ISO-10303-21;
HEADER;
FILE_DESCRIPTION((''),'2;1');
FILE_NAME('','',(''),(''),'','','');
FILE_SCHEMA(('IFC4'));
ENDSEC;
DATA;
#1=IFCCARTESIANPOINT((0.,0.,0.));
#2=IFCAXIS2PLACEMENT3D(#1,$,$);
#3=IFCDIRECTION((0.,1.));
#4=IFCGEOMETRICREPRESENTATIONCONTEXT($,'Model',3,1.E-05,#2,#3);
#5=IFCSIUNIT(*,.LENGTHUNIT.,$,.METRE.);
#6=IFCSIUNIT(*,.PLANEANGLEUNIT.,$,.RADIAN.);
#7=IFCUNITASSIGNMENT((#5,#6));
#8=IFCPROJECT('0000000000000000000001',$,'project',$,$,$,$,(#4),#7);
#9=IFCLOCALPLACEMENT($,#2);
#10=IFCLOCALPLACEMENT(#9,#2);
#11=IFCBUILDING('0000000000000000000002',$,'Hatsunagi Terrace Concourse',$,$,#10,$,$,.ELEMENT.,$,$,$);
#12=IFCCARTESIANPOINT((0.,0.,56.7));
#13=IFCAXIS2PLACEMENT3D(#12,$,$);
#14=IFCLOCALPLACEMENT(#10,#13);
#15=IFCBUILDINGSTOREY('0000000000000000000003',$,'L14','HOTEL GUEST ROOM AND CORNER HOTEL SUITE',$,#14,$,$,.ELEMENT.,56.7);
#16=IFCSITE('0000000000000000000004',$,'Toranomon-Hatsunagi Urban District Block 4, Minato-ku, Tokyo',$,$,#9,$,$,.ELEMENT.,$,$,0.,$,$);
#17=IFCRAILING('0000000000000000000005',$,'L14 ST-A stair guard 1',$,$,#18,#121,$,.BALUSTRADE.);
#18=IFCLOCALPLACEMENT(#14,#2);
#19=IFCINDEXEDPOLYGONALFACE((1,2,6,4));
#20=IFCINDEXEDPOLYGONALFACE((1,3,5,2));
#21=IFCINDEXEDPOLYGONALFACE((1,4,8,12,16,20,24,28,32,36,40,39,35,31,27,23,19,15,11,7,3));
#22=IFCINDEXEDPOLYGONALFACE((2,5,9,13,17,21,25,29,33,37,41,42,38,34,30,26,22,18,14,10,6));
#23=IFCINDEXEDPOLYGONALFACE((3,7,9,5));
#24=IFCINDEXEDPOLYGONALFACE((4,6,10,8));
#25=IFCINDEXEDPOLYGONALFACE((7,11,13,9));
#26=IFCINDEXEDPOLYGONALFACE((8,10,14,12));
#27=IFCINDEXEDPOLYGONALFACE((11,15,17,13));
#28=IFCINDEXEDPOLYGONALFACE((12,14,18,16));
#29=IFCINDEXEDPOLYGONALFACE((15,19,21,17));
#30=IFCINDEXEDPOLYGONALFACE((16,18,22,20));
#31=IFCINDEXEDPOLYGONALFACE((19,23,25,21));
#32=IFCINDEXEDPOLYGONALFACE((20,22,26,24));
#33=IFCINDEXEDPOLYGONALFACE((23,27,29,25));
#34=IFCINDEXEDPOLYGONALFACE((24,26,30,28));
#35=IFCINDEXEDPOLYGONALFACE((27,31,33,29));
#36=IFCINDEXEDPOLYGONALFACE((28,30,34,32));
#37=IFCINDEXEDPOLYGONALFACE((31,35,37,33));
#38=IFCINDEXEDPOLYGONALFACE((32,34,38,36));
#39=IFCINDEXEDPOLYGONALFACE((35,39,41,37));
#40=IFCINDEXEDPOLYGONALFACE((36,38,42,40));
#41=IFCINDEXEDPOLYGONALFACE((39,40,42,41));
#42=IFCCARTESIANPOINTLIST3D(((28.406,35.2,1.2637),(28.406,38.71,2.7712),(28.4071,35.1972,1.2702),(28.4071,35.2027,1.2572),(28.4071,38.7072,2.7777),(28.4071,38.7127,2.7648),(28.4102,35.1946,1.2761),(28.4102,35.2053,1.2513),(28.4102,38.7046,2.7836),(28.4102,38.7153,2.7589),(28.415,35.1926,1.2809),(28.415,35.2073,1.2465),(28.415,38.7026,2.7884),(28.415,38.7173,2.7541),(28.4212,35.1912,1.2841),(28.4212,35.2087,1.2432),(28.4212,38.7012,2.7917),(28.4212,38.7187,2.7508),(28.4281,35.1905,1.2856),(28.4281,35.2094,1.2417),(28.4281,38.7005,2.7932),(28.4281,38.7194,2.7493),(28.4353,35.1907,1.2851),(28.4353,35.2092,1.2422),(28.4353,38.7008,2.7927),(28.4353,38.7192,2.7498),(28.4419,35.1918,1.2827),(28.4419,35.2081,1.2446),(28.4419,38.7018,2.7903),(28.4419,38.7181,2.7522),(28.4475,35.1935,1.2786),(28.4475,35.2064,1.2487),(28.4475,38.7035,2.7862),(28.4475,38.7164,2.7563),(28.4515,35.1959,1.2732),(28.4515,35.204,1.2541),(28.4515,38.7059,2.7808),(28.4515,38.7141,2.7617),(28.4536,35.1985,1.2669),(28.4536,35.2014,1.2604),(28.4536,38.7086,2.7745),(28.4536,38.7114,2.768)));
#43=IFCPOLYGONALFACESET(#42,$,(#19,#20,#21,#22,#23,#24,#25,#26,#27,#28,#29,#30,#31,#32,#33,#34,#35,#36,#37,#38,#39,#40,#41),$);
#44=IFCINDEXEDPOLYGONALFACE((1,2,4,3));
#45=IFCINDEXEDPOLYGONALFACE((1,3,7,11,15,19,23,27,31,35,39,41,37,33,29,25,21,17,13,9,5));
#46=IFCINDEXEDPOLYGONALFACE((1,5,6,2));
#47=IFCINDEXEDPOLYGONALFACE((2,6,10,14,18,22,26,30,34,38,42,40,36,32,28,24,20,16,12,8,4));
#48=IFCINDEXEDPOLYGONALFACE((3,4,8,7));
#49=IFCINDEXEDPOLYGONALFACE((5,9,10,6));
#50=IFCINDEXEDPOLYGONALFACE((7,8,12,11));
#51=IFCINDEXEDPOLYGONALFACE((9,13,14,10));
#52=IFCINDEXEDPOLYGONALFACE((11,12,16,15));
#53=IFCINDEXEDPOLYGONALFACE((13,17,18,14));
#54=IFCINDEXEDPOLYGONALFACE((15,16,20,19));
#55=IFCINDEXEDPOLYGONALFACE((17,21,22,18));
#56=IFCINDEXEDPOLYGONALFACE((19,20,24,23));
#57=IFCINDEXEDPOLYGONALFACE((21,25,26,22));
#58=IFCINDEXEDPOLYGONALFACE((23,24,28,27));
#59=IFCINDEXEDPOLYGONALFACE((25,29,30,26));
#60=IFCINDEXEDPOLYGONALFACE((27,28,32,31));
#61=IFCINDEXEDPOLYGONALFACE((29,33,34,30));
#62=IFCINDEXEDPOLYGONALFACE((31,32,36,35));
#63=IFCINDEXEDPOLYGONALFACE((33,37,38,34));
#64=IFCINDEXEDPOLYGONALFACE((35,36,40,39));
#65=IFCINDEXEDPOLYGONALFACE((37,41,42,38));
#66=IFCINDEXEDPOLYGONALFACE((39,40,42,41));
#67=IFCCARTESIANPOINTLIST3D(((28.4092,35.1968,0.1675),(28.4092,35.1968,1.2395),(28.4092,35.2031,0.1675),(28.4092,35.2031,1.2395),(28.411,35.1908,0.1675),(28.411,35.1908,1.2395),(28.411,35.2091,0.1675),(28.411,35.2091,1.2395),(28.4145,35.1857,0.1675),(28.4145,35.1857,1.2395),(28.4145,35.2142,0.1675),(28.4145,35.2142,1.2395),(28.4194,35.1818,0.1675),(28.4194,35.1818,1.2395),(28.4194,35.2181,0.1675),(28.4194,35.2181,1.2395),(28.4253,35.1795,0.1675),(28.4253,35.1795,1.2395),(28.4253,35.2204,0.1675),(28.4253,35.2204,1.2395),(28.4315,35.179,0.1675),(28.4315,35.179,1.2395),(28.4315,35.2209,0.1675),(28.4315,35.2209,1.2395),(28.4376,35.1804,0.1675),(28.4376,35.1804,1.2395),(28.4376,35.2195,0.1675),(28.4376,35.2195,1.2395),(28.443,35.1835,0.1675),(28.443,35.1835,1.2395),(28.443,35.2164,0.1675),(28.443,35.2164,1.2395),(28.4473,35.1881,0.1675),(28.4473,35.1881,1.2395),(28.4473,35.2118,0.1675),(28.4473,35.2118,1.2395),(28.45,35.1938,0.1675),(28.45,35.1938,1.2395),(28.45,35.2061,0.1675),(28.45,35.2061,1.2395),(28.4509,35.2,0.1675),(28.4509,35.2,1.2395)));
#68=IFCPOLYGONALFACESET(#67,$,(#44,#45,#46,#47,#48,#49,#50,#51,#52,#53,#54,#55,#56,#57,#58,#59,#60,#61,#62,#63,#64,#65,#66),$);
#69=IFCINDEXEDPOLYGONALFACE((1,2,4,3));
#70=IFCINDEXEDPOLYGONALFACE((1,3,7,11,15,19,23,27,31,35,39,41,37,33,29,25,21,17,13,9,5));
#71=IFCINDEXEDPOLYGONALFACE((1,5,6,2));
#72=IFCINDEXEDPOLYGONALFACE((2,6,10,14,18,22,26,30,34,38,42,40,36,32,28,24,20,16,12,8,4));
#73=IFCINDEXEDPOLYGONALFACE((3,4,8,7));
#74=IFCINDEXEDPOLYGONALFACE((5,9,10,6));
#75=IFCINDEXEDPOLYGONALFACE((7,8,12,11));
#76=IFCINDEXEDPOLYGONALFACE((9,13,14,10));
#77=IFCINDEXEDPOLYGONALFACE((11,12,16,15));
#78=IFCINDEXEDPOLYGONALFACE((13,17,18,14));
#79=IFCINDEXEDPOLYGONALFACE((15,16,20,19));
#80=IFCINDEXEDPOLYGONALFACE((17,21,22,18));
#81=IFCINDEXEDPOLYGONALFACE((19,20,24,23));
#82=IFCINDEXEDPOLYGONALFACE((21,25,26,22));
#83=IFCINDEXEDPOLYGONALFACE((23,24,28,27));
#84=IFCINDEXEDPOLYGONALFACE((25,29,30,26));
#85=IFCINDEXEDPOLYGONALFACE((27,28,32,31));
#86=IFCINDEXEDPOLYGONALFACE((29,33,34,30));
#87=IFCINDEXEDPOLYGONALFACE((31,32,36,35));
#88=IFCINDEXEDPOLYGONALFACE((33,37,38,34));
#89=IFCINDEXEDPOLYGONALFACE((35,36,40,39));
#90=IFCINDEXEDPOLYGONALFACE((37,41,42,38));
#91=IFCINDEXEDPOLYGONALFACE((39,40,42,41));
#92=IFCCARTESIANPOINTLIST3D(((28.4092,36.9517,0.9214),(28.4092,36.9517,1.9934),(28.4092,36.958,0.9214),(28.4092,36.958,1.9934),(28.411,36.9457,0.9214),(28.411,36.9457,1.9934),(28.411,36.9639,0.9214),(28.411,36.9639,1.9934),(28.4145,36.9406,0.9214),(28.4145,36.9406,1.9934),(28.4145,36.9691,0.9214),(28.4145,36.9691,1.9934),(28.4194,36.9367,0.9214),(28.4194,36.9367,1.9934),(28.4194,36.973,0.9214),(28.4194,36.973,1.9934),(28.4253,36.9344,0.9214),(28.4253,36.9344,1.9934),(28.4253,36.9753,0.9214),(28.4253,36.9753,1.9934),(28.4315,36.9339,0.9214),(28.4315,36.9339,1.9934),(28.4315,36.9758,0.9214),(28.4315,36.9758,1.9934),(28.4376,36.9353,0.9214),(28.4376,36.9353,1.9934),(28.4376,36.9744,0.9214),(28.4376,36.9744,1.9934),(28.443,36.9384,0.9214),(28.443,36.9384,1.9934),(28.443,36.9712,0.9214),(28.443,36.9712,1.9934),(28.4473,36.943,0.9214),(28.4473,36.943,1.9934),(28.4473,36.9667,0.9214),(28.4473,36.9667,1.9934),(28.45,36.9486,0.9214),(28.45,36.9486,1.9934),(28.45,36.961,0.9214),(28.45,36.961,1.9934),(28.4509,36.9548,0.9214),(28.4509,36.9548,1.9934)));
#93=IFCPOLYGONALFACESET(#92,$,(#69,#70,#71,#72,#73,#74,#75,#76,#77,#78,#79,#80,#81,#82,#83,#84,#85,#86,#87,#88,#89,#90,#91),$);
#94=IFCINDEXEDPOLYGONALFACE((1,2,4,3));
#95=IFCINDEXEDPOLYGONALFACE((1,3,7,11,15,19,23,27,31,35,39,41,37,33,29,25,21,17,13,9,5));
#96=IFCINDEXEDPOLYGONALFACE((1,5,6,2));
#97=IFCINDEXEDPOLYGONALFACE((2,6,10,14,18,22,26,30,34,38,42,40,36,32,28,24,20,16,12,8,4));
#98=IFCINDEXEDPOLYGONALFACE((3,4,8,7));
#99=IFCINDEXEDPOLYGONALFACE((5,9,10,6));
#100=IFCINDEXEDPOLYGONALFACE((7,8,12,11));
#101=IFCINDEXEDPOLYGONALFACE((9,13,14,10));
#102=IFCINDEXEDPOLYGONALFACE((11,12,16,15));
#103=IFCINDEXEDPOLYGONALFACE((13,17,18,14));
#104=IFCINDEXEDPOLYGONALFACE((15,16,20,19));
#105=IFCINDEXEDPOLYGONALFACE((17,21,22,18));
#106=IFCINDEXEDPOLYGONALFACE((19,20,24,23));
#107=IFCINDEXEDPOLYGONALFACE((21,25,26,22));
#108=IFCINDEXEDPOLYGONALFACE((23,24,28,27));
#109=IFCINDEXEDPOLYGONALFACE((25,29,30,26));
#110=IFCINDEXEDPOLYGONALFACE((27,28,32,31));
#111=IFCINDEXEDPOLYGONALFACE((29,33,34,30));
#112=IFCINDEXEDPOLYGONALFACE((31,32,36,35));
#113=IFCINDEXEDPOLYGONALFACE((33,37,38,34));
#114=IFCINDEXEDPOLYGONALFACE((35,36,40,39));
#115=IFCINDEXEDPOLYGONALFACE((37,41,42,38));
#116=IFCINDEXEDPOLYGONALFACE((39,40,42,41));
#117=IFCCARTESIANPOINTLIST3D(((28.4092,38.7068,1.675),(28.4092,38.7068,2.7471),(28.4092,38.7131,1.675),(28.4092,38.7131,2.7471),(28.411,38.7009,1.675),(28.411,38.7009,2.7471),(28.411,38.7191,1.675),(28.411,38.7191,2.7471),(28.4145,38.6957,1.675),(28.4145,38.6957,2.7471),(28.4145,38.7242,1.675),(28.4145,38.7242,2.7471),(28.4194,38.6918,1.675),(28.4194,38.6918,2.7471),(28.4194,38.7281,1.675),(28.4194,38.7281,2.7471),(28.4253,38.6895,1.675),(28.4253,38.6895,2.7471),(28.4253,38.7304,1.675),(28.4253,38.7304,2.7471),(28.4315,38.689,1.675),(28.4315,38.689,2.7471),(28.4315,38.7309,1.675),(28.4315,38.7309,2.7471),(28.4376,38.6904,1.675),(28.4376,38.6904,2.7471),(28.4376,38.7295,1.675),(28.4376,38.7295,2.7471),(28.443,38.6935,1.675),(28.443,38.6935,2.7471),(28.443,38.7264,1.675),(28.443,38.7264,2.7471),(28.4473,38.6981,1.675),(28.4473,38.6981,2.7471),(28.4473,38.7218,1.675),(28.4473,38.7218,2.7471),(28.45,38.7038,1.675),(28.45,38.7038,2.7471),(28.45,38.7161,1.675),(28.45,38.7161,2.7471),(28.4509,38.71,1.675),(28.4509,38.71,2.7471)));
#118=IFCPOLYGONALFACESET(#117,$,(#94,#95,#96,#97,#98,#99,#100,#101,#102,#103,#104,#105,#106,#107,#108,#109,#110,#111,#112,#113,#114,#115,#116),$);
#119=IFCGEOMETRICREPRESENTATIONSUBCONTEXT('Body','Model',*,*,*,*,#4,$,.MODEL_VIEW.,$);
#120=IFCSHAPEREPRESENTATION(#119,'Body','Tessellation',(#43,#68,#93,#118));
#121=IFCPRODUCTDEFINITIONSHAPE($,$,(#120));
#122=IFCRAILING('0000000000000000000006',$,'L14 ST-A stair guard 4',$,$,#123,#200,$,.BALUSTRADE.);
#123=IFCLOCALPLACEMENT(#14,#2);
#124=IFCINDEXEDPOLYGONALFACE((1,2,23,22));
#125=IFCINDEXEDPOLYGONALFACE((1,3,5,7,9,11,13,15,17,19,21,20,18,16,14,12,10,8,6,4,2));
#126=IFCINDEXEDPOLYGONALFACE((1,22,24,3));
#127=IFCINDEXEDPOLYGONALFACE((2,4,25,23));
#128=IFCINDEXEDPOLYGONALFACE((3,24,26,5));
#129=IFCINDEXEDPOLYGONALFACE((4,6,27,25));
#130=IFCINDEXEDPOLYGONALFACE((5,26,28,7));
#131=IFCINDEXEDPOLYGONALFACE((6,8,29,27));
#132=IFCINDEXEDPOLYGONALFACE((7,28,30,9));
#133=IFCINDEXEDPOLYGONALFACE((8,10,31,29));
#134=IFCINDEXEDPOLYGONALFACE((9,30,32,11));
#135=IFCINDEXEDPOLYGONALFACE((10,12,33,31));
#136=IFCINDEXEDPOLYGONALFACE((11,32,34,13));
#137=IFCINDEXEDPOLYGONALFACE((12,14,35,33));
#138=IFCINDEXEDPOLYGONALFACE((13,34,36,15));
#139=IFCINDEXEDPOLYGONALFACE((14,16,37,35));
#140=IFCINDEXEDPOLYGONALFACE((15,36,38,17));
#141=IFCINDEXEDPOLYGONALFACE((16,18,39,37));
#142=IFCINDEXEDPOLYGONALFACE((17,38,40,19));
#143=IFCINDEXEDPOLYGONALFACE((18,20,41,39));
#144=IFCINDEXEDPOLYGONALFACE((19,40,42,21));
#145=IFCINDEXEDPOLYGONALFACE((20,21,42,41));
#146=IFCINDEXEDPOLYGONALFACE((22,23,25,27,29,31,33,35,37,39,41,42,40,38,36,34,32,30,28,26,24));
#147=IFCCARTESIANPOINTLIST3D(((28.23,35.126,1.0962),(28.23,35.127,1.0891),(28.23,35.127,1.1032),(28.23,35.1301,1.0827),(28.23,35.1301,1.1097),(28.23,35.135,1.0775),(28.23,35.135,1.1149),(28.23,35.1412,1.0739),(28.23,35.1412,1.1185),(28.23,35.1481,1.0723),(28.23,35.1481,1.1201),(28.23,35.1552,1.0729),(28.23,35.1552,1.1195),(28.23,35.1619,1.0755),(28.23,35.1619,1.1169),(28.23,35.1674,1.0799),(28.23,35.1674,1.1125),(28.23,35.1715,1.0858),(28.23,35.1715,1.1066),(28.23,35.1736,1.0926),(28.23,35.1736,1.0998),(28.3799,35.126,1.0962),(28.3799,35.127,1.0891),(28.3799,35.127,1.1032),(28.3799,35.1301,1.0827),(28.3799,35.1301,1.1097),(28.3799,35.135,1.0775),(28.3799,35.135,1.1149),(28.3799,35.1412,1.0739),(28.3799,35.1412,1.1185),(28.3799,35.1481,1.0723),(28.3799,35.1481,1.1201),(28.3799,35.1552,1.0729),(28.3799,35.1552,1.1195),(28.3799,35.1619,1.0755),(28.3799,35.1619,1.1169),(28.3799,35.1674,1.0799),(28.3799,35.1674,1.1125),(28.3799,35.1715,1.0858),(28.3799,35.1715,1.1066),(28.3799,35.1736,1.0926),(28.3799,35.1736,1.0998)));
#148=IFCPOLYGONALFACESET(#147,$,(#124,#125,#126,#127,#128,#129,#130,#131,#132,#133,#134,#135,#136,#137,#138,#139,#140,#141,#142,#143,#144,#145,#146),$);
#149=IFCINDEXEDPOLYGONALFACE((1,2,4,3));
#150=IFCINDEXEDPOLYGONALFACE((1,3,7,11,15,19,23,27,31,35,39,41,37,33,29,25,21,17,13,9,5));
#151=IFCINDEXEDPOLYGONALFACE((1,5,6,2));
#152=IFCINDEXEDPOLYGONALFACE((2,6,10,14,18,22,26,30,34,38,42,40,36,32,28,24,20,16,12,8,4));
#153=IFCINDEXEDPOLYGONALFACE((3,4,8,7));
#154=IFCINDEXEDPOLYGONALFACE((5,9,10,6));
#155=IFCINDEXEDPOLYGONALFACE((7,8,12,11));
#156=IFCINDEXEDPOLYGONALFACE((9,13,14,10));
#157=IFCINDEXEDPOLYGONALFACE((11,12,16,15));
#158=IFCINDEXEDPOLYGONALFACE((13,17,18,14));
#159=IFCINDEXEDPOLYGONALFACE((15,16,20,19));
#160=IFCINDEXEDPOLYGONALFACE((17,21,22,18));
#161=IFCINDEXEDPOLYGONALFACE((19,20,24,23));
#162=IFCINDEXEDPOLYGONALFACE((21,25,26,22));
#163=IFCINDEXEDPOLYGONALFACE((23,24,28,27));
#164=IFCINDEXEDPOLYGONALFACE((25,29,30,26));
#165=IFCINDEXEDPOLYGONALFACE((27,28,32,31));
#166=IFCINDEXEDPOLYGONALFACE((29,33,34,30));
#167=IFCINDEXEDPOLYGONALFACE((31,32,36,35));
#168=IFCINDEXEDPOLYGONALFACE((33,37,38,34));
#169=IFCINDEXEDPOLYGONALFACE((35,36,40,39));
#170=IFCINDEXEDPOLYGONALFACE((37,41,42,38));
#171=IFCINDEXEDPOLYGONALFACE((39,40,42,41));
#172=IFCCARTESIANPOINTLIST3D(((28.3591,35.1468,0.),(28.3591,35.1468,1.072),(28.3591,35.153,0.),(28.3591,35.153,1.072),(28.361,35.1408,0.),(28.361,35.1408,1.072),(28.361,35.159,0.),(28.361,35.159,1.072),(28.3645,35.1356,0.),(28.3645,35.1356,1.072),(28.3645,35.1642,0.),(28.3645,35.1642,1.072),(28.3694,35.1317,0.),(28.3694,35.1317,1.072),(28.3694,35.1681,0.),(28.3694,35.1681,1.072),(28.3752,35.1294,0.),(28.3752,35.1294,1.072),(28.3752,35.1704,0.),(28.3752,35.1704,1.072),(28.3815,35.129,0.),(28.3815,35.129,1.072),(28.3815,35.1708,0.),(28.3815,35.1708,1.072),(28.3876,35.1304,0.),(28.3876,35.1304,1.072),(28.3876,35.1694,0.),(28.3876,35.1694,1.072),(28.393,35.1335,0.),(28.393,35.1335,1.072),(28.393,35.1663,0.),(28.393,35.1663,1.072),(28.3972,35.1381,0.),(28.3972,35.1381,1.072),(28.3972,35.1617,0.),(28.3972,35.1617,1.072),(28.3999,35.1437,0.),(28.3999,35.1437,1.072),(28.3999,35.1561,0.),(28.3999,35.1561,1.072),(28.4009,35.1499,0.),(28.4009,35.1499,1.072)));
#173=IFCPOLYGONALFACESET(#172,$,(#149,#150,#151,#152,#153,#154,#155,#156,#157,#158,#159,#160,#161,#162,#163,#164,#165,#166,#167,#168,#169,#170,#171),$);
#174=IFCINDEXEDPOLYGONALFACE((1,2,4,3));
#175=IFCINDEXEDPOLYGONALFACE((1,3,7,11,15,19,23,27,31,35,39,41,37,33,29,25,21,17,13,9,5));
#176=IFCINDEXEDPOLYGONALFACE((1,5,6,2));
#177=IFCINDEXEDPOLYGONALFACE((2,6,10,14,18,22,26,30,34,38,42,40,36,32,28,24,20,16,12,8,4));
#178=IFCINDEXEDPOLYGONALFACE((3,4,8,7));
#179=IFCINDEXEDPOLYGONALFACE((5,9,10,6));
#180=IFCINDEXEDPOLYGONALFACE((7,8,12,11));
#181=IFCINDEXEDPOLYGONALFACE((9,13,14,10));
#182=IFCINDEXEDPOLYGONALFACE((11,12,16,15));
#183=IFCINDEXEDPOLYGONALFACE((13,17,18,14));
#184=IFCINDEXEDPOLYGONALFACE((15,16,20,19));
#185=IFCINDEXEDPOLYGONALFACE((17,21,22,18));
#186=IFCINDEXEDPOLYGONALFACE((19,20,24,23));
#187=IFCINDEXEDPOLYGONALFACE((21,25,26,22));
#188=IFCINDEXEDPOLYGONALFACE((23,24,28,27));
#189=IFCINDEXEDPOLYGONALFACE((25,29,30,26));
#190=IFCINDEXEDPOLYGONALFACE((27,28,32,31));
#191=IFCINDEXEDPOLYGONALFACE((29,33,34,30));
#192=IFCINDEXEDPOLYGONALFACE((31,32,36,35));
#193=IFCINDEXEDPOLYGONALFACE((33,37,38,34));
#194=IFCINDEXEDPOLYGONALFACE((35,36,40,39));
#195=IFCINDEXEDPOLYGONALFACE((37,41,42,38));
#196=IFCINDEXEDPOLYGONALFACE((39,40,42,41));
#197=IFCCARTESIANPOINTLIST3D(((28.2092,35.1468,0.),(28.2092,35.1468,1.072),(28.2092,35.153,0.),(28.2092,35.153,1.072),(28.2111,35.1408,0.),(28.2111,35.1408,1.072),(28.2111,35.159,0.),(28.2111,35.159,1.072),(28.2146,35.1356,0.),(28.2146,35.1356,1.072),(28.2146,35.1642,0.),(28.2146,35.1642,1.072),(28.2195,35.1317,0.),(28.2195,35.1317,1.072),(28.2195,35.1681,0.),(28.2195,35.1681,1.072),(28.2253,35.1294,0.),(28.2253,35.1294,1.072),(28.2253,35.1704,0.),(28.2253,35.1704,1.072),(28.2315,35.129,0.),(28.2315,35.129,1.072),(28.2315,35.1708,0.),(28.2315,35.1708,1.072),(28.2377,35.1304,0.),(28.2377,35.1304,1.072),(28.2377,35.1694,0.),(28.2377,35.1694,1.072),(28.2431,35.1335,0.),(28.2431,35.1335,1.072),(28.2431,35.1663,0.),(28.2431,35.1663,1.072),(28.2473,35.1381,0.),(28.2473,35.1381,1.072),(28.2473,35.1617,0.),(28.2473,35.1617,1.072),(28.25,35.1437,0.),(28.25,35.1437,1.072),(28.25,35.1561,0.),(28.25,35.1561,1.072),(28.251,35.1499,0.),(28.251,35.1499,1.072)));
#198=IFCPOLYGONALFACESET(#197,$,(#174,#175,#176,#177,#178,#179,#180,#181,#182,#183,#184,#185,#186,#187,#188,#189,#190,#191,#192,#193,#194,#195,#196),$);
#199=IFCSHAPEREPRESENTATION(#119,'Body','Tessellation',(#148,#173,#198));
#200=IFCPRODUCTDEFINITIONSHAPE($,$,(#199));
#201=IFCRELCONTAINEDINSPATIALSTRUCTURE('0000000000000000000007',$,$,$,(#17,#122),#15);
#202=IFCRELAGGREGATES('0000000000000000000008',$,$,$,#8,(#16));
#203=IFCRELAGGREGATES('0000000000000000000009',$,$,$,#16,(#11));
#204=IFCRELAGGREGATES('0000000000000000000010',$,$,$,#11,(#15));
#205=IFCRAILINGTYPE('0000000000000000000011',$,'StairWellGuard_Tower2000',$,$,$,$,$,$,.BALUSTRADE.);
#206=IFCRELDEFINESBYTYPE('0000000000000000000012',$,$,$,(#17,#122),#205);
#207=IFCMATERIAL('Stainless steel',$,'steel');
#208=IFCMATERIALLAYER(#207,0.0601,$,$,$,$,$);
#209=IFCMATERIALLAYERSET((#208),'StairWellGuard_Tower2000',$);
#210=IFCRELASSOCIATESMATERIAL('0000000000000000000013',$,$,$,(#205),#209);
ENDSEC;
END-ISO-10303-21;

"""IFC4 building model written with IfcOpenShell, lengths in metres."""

from ifc_helpers import new_model, si_unit, direction, frame, origin, origin_2d, place, context, subcontext, project, spatial, circle, extrude, material, layer, layer_set, type_object, element, save


model = new_model("IFC4")

# Units and contexts
model_context = context("Model", 3, precision=1e-05, world=origin(), true_north=direction((0.0, 1.0)))
body_context = subcontext(model_context, "Body", "Model", "MODEL_VIEW")
ifc_project = project(units=[si_unit("LENGTHUNIT", "METRE"), si_unit("PLANEANGLEUNIT", "RADIAN")], contexts=[model_context])

# Site, building, storey
site_placement = place(None, origin())
site = spatial("IfcSite", under=ifc_project, at=site_placement, Name="Toranomon-Hatsunagi Urban District Block 4, Minato-ku, Tokyo", CompositionType="ELEMENT", RefElevation=0.0)
building_placement = place(site_placement, origin())
building = spatial("IfcBuilding", under=site, at=building_placement, Name="Hatsunagi Terrace Concourse", CompositionType="ELEMENT")
storey_placement = place(building_placement, frame((0.0, 0.0, 56.7)))
storey = spatial("IfcBuildingStorey", under=building, at=storey_placement, Name="L14", Description="HOTEL GUEST ROOM AND CORNER HOTEL SUITE", CompositionType="ELEMENT", Elevation=56.7)

# Railings
ifc_material_1 = material(Name="Stainless steel", Category="steel")
ifc_layer_1 = layer(ifc_material_1, 0.0601)
ifc_layer_set_1 = layer_set([ifc_layer_1], Name="StairWellGuard_Tower2000")
railing_type_1 = type_object("IfcRailingType", Name="StairWellGuard_Tower2000", PredefinedType="BALUSTRADE", material=ifc_layer_set_1)
railing_1_placement = place(storey_placement, frame((28.4299, 35.2, 0.1675)))
element("IfcRailing", 1, at=railing_1_placement, inside=storey, type_object=railing_type_1, Name="L14 ST-A stair guard 1", PredefinedType="BALUSTRADE", context=body_context, shape_type="SweptSolid", body=[
    extrude(circle(Radius=0.0239, at=origin_2d()), frame((0.0, 0.0, 1.0962), z_axis=(0.0, 0.918834, 0.394644), x_axis=(-1.0, 0.0, 0.0)), (0.0, 0.0, 1.0), 3.8201),
    extrude(circle(Radius=0.021, at=origin_2d()), origin(), (0.0, 0.0, 1.0), 1.072),
    extrude(circle(Radius=0.021, at=origin_2d()), frame((0.0, 1.7549, 0.7539)), (0.0, 0.0, 1.0), 1.072),
    extrude(circle(Radius=0.021, at=origin_2d()), frame((0.0, 3.51, 1.5076)), (0.0, 0.0, 1.0), 1.072),
])
railing_2_placement = place(storey_placement, frame((28.3799, 35.1499, 0.0)))
element("IfcRailing", 2, at=railing_2_placement, inside=storey, type_object=railing_type_1, Name="L14 ST-A stair guard 4", PredefinedType="BALUSTRADE", context=body_context, shape_type="SweptSolid", body=[
    extrude(circle(Radius=0.0239, at=origin_2d()), frame((0.0, 0.0, 1.0962), z_axis=(-1.0, 0.0, 0.0), x_axis=(0.0, -1.0, 0.0)), (0.0, 0.0, 1.0), 0.1499),
    extrude(circle(Radius=0.021, at=origin_2d()), origin(), (0.0, 0.0, 1.0), 1.072),
    extrude(circle(Radius=0.021, at=origin_2d()), frame((-0.1499, 0.0, 0.0)), (0.0, 0.0, 1.0), 1.072),
])

save(model, "model.ifc")
